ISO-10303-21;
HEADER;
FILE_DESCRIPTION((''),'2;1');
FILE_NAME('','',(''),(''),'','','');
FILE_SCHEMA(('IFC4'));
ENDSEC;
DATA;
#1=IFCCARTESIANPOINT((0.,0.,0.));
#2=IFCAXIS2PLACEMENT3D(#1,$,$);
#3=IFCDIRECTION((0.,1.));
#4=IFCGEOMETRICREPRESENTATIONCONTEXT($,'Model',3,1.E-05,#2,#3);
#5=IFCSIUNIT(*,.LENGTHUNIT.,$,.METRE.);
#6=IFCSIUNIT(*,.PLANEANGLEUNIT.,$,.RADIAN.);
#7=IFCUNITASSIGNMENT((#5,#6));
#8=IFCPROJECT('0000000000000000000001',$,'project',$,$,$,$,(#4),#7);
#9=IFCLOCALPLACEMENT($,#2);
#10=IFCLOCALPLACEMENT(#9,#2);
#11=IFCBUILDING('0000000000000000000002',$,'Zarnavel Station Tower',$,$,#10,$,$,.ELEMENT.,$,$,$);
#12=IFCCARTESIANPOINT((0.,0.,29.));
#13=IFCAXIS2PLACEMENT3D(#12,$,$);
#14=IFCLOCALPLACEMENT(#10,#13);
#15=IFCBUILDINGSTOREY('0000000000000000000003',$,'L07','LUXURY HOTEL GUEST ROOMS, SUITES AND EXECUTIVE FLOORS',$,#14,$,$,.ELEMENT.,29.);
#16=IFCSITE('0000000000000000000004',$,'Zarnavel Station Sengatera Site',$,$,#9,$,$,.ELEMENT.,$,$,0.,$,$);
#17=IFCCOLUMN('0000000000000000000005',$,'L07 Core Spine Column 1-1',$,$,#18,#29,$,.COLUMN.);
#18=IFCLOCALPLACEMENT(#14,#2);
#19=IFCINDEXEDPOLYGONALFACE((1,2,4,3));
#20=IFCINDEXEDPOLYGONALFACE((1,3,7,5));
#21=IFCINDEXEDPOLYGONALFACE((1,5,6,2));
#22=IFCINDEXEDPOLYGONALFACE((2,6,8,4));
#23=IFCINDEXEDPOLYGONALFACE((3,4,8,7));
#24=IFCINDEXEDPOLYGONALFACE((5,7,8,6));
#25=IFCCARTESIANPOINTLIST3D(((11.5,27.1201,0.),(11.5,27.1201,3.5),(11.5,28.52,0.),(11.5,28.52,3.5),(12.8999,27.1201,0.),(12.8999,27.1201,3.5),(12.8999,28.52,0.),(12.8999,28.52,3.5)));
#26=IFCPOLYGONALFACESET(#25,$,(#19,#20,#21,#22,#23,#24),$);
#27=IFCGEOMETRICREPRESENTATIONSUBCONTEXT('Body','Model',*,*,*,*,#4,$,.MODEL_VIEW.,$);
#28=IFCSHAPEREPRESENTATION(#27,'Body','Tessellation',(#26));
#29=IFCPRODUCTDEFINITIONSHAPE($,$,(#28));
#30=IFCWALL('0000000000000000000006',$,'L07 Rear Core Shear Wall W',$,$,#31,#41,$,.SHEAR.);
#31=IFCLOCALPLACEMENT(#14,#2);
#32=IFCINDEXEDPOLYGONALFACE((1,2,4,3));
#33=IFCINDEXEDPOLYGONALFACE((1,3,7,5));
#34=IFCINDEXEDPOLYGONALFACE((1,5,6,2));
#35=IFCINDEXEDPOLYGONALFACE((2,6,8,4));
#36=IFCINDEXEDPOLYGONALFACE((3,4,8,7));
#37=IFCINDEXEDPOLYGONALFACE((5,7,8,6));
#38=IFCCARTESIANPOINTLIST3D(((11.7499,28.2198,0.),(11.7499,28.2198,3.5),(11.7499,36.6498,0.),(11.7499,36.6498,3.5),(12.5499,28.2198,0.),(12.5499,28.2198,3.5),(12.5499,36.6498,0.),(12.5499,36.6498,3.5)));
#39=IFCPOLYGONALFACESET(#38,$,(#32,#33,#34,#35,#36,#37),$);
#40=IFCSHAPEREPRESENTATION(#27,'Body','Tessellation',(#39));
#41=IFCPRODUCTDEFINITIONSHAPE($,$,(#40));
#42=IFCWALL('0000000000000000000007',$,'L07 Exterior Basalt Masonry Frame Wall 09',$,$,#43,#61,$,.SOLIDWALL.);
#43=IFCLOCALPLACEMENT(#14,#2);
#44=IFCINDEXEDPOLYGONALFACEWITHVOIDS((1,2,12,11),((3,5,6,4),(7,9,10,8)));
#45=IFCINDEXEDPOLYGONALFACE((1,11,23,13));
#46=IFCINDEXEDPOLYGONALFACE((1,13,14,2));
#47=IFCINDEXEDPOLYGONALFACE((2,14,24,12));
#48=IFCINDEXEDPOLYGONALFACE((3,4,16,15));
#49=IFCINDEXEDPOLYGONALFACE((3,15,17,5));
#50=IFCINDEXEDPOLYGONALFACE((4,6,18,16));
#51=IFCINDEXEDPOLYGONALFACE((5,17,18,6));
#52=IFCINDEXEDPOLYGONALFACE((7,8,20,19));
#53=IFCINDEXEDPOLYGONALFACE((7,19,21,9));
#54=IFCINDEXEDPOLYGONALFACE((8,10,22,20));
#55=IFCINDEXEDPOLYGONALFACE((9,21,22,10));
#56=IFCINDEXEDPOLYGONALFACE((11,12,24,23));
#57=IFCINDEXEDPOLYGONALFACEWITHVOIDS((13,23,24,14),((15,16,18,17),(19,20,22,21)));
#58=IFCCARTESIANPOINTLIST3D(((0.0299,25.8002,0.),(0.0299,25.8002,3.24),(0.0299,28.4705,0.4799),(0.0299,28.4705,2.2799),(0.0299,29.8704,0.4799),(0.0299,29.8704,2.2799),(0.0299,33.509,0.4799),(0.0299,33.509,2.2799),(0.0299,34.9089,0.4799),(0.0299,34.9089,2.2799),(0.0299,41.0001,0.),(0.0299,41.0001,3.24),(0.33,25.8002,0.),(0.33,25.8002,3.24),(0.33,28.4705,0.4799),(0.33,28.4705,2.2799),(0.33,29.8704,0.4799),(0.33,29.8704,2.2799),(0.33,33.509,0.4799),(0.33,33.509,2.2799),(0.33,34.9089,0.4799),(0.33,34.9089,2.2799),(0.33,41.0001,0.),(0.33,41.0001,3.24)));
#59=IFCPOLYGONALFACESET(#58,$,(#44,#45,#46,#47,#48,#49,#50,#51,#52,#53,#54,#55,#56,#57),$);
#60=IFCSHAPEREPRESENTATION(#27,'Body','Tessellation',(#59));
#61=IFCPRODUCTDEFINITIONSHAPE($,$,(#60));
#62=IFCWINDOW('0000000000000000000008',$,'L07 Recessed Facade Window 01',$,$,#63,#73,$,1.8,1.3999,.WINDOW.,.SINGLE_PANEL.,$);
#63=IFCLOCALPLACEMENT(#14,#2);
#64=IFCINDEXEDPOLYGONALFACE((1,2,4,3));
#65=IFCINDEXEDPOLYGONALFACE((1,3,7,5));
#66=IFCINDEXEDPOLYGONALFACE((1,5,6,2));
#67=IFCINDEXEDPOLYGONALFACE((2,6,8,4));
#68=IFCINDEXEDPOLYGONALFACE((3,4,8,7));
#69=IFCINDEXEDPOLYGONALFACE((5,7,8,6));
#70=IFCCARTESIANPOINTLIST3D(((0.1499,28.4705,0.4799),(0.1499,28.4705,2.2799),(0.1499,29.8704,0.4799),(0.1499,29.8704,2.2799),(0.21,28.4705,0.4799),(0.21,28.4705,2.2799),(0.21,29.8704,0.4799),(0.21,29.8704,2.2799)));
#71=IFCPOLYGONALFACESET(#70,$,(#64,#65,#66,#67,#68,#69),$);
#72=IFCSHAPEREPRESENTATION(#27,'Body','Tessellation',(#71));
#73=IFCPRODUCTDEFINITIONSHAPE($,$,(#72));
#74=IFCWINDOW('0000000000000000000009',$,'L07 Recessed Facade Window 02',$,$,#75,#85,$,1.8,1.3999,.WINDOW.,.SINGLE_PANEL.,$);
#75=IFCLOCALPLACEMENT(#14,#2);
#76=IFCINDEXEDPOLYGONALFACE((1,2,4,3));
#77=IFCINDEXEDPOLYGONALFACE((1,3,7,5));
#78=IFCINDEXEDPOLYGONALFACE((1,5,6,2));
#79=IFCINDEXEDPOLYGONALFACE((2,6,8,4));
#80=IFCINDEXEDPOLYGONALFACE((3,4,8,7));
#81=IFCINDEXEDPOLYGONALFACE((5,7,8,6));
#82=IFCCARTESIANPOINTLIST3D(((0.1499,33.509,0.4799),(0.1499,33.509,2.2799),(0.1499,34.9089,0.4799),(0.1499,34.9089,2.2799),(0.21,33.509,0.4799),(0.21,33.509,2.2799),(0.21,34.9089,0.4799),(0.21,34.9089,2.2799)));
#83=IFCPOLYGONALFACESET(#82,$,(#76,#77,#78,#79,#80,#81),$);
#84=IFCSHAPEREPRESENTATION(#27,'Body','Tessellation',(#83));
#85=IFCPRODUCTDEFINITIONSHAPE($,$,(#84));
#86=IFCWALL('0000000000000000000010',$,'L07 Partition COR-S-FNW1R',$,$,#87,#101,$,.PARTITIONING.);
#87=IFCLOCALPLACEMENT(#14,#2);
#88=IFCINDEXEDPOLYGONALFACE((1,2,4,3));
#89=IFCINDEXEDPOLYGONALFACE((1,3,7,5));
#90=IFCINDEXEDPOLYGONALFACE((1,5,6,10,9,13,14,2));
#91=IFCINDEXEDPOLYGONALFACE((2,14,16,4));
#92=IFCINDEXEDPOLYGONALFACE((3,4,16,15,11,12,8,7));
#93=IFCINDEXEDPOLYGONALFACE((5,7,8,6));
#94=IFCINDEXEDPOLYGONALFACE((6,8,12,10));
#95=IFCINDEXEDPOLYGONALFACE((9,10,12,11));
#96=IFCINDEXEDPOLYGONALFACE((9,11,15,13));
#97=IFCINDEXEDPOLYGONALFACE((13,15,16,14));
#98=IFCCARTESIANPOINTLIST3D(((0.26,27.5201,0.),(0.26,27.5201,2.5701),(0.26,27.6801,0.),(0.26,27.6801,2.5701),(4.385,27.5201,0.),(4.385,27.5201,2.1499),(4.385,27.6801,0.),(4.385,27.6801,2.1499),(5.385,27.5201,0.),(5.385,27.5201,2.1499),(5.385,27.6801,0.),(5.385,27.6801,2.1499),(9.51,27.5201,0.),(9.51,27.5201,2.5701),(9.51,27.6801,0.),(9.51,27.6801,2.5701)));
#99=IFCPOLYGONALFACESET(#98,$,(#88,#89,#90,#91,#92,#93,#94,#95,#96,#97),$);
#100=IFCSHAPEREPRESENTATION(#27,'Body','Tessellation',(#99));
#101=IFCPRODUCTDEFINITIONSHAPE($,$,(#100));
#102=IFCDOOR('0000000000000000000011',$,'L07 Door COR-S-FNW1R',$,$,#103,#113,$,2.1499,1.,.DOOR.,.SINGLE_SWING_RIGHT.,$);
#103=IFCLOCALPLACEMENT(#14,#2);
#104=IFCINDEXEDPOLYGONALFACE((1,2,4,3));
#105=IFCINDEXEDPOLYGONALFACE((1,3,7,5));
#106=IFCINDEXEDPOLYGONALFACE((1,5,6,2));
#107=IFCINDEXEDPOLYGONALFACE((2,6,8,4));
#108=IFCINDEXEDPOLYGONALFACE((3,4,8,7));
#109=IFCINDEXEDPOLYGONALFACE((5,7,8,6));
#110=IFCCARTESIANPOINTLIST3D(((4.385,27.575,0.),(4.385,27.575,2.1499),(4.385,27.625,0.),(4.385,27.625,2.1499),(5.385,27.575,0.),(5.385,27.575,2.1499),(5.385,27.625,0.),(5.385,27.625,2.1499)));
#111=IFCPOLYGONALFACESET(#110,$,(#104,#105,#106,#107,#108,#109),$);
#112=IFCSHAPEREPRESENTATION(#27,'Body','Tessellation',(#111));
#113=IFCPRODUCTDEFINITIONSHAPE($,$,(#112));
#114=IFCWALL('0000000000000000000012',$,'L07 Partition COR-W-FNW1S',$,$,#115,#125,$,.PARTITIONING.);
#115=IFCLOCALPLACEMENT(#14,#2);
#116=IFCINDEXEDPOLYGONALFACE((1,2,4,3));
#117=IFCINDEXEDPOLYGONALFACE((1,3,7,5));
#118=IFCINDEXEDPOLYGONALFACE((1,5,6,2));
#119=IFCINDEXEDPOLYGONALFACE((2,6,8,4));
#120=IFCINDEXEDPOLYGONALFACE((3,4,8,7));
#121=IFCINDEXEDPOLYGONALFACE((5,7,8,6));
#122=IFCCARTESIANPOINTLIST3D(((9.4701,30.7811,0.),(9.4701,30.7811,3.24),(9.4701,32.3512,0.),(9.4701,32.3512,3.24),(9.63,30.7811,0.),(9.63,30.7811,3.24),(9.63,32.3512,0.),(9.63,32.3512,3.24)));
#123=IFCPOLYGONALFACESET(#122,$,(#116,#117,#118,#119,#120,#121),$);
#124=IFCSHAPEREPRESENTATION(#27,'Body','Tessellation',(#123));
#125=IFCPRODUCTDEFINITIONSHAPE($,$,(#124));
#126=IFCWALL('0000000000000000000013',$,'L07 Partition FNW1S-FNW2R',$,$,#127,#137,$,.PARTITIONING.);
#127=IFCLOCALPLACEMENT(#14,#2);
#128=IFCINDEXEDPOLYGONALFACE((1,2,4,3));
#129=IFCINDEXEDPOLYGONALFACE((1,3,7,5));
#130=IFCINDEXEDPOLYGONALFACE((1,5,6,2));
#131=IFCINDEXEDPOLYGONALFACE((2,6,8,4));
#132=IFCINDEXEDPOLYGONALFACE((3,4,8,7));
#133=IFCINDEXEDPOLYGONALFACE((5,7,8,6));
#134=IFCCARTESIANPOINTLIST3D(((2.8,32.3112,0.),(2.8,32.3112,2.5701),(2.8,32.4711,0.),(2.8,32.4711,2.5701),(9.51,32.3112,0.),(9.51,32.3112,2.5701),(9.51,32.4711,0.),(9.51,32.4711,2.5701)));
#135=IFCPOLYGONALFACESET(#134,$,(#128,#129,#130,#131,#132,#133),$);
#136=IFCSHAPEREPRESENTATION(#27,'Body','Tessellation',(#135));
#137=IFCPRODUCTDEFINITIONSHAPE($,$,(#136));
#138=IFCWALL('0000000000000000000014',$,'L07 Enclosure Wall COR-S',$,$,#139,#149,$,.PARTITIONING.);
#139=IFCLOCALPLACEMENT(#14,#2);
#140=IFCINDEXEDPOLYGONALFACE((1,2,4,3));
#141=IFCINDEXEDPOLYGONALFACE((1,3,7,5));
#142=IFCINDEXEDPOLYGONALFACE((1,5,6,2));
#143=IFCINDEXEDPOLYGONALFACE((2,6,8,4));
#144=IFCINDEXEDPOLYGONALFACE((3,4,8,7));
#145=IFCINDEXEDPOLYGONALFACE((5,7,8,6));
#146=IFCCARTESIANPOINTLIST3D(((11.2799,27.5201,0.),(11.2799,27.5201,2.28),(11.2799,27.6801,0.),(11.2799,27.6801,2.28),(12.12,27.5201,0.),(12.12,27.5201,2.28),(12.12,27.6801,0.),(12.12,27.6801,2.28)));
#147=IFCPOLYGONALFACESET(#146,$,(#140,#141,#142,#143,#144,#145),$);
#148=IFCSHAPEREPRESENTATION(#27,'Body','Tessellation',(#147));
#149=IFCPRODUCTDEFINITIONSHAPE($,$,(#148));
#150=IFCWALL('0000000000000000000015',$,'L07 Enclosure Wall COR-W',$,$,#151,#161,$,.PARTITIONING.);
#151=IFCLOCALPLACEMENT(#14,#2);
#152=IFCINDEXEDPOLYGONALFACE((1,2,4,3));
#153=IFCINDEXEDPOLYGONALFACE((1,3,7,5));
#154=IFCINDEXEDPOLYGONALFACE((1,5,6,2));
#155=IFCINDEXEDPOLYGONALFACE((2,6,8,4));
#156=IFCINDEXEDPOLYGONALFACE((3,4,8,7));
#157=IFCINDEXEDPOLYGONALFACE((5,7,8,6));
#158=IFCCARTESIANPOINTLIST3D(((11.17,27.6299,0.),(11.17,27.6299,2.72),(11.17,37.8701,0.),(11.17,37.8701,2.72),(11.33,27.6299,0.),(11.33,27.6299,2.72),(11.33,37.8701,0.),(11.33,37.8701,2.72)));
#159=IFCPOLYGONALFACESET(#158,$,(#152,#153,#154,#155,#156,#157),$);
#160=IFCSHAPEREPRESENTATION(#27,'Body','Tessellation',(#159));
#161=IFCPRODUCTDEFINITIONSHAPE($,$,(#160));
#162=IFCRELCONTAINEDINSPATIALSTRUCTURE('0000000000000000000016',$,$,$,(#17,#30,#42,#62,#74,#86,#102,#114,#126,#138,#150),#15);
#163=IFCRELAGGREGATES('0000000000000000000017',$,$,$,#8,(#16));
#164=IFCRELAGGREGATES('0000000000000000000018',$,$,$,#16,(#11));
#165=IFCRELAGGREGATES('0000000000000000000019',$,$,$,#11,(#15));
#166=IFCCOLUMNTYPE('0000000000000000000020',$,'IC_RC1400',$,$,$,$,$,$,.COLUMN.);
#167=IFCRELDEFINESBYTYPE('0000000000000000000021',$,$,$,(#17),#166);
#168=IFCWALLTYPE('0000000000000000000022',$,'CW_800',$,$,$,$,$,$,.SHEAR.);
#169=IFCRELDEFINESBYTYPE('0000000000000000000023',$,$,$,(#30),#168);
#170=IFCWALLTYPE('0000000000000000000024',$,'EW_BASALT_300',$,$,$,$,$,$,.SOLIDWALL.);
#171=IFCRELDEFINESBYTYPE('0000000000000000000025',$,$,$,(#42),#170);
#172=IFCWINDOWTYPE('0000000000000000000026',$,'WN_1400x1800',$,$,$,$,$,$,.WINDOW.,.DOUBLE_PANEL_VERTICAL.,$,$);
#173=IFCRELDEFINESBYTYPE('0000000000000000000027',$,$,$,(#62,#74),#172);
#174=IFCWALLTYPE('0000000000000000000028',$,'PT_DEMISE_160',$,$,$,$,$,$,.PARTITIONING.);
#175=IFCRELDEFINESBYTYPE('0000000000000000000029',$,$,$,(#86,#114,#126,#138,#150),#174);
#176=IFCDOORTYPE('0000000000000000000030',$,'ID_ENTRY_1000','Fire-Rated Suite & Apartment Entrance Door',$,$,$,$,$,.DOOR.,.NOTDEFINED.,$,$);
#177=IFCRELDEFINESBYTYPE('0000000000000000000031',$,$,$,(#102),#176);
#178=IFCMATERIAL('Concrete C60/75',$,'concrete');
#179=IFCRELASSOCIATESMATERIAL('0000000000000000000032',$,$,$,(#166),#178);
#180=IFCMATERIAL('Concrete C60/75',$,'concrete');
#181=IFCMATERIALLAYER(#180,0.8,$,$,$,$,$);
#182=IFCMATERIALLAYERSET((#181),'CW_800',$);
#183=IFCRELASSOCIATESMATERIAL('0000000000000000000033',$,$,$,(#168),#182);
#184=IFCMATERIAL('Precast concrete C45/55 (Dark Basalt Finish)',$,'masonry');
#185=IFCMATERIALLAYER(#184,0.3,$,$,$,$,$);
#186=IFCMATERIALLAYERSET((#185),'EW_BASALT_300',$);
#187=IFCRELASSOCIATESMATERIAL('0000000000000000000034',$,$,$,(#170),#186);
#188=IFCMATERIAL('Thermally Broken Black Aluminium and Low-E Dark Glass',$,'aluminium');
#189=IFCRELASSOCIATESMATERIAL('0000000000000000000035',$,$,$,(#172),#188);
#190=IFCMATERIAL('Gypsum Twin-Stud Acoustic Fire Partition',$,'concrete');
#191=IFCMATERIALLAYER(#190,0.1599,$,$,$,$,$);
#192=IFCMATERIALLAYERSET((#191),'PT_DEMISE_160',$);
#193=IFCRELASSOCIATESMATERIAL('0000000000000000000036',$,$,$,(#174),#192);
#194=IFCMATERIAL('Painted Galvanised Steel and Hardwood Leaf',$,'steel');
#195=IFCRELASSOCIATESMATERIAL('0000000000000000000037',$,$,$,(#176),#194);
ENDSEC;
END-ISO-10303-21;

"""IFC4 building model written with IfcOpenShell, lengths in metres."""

from ifc_helpers import new_model, si_unit, direction, frame, frame_2d, origin, origin_2d, place, context, subcontext, project, spatial, rectangle, extrude, material, layer, layer_set, material_profile, profile_set, type_object, element, fill, save


model = new_model("IFC4")

# Units and contexts
model_context = context("Model", 3, precision=1e-05, world=origin(), true_north=direction((0.0, 1.0)))
body_context = subcontext(model_context, "Body", "Model", "MODEL_VIEW")
ifc_project = project(units=[si_unit("LENGTHUNIT", "METRE"), si_unit("PLANEANGLEUNIT", "RADIAN")], contexts=[model_context])

# Site, building, storey
site_placement = place(None, origin())
site = spatial("IfcSite", under=ifc_project, at=site_placement, Name="Zarnavel Station Sengatera Site", CompositionType="ELEMENT", RefElevation=0.0)
building_placement = place(site_placement, origin())
building = spatial("IfcBuilding", under=site, at=building_placement, Name="Zarnavel Station Tower", CompositionType="ELEMENT")
storey_placement = place(building_placement, frame((0.0, 0.0, 29.0)))
storey = spatial("IfcBuildingStorey", under=building, at=storey_placement, Name="L07", Description="LUXURY HOTEL GUEST ROOMS, SUITES AND EXECUTIVE FLOORS", CompositionType="ELEMENT", Elevation=29.0)

# Column
ifc_material_1 = material(Name="Concrete C60/75", Category="concrete")
ifc_material_profile = material_profile(ifc_material_1, rectangle(XDim=1.3999, YDim=1.3999, at=origin_2d()), Name="RC1400x1400")
ifc_profile_set = profile_set([ifc_material_profile], Name="Concrete C60/75")
column_type = type_object("IfcColumnType", Name="IC_RC1400", PredefinedType="COLUMN", material=ifc_profile_set)
column_placement = place(storey_placement, frame((12.2, 27.8201, 0.0), z_axis=(0.0, 0.0, 1.0), x_axis=(1.0, 0.0, 0.0)))
element("IfcColumn", 1, at=column_placement, inside=storey, type_object=column_type, Name="L07 Core Spine Column 1-1", PredefinedType="COLUMN", context=body_context, shape_type="SweptSolid", body=[
    extrude(rectangle(XDim=1.3999, YDim=1.3999, at=origin_2d()), origin(), (0.0, 0.0, 1.0), 3.5),
])

# Wall
ifc_material_2 = material(Name="Concrete C60/75", Category="concrete")
ifc_layer_1 = layer(ifc_material_2, 0.8)
ifc_layer_set_1 = layer_set([ifc_layer_1], Name="CW_800")
wall_type_1 = type_object("IfcWallType", Name="CW_800", PredefinedType="SHEAR", material=ifc_layer_set_1)
wall_1_placement = place(storey_placement, frame((12.1499, 28.22, 0.0), z_axis=(0.0, 0.0, 1.0), x_axis=(0.0, 1.0, 0.0)))
element("IfcWall", 2, at=wall_1_placement, inside=storey, type_object=wall_type_1, Name="L07 Rear Core Shear Wall W", PredefinedType="SHEAR", context=body_context, shape_type="SweptSolid", body=[
    extrude(rectangle(XDim=8.4299, YDim=0.8, at=frame_2d((4.2148, 0.0))), origin(), (0.0, 0.0, 1.0), 3.5),
])

# Wall, openings, windows
ifc_material_3 = material(Name="Precast concrete C45/55 (Dark Basalt Finish)", Category="masonry")
ifc_layer_2 = layer(ifc_material_3, 0.3)
ifc_layer_set_2 = layer_set([ifc_layer_2], Name="EW_BASALT_300")
wall_type_2 = type_object("IfcWallType", Name="EW_BASALT_300", PredefinedType="SOLIDWALL", material=ifc_layer_set_2)
wall_2_placement = place(storey_placement, frame((0.1799, 25.8, 0.0), z_axis=(0.0, 0.0, 1.0), x_axis=(0.0, 1.0, 0.0)))
wall_2 = element("IfcWall", 3, at=wall_2_placement, inside=storey, type_object=wall_type_2, Name="L07 Exterior Basalt Masonry Frame Wall 09", PredefinedType="SOLIDWALL", context=body_context, shape_type="SweptSolid", body=[
    extrude(rectangle(XDim=15.2, YDim=0.3, at=frame_2d((7.6001, 0.0))), origin(), (0.0, 0.0, 1.0), 3.24),
])
opening_1_placement = place(wall_2_placement, frame((2.6704, 0.0, 0.48)))
opening_1 = element("IfcOpeningElement", 4, at=opening_1_placement, cuts=wall_2, PredefinedType="OPENING", context=body_context, shape_type="SweptSolid", body=[
    extrude(rectangle(XDim=1.3999, YDim=1.8, at=frame_2d((0.7, 0.8999))), frame((0.0, 0.1599, 0.0), z_axis=(0.0, -1.0, 0.0), x_axis=(1.0, 0.0, 0.0)), (0.0, 0.0, 1.0), 0.3201),
])
opening_2_placement = place(wall_2_placement, frame((7.709, 0.0, 0.48)))
opening_2 = element("IfcOpeningElement", 5, at=opening_2_placement, cuts=wall_2, PredefinedType="OPENING", context=body_context, shape_type="SweptSolid", body=[
    extrude(rectangle(XDim=1.3999, YDim=1.8, at=frame_2d((0.7, 0.8999))), frame((0.0, 0.1599, 0.0), z_axis=(0.0, -1.0, 0.0), x_axis=(1.0, 0.0, 0.0)), (0.0, 0.0, 1.0), 0.3201),
])
ifc_material_4 = material(Name="Thermally Broken Black Aluminium and Low-E Dark Glass", Category="aluminium")
window_type = type_object("IfcWindowType", Name="WN_1400x1800", PartitioningType="DOUBLE_PANEL_VERTICAL", PredefinedType="WINDOW", material=ifc_material_4)
window_1_placement = place(opening_1_placement, origin())
window_1 = element("IfcWindow", 6, at=window_1_placement, inside=storey, type_object=window_type, Name="L07 Recessed Facade Window 01", OverallHeight=1.8, OverallWidth=1.3999, PartitioningType="SINGLE_PANEL", PredefinedType="WINDOW", context=body_context, shape_type="SweptSolid", body=[
    extrude(rectangle(XDim=1.3999, YDim=1.8, at=frame_2d((0.7, 0.8999))), frame((0.0, 0.03, 0.0), z_axis=(0.0, -1.0, 0.0), x_axis=(1.0, 0.0, 0.0)), (0.0, 0.0, 1.0), 0.0601),
])
fill(opening_1, window_1)
window_2_placement = place(opening_2_placement, origin())
window_2 = element("IfcWindow", 7, at=window_2_placement, inside=storey, type_object=window_type, Name="L07 Recessed Facade Window 02", OverallHeight=1.8, OverallWidth=1.3999, PartitioningType="SINGLE_PANEL", PredefinedType="WINDOW", context=body_context, shape_type="SweptSolid", body=[
    extrude(rectangle(XDim=1.3999, YDim=1.8, at=frame_2d((0.7, 0.8999))), frame((0.0, 0.03, 0.0), z_axis=(0.0, -1.0, 0.0), x_axis=(1.0, 0.0, 0.0)), (0.0, 0.0, 1.0), 0.0601),
])
fill(opening_2, window_2)

# Wall, opening, door
ifc_material_5 = material(Name="Gypsum Twin-Stud Acoustic Fire Partition", Category="concrete")
ifc_layer_3 = layer(ifc_material_5, 0.1599)
ifc_layer_set_3 = layer_set([ifc_layer_3], Name="PT_DEMISE_160")
wall_type_3 = type_object("IfcWallType", Name="PT_DEMISE_160", PredefinedType="PARTITIONING", material=ifc_layer_set_3)
wall_3_placement = place(storey_placement, frame((0.26, 27.6001, 0.0), z_axis=(0.0, 0.0, 1.0), x_axis=(1.0, 0.0, 0.0)))
wall_3 = element("IfcWall", 8, at=wall_3_placement, inside=storey, type_object=wall_type_3, Name="L07 Partition COR-S-FNW1R", PredefinedType="PARTITIONING", context=body_context, shape_type="SweptSolid", body=[
    extrude(rectangle(XDim=9.25, YDim=0.1599, at=frame_2d((4.625, 0.0))), origin(), (0.0, 0.0, 1.0), 2.5701),
])
opening_3_placement = place(wall_3_placement, frame((4.125, 0.0, 0.0)))
opening_3 = element("IfcOpeningElement", 9, at=opening_3_placement, cuts=wall_3, PredefinedType="OPENING", context=body_context, shape_type="SweptSolid", body=[
    extrude(rectangle(XDim=1.0, YDim=2.1499, at=frame_2d((0.5, 1.075))), frame((0.0, 0.0898, 0.0), z_axis=(0.0, -1.0, 0.0), x_axis=(1.0, 0.0, 0.0)), (0.0, 0.0, 1.0), 0.1799),
])
ifc_material_6 = material(Name="Painted Galvanised Steel and Hardwood Leaf", Category="steel")
door_type_1 = type_object("IfcDoorType", Name="ID_ENTRY_1000", Description="Fire-Rated Suite & Apartment Entrance Door", OperationType="NOTDEFINED", PredefinedType="DOOR", material=ifc_material_6)
door_1_placement = place(opening_3_placement, origin())
door_1 = element("IfcDoor", 10, at=door_1_placement, inside=storey, type_object=door_type_1, Name="L07 Door COR-S-FNW1R", OperationType="SINGLE_SWING_RIGHT", OverallHeight=2.1499, OverallWidth=1.0, PredefinedType="DOOR", context=body_context, shape_type="SweptSolid", body=[
    extrude(rectangle(XDim=1.0, YDim=2.1499, at=frame_2d((0.5, 1.075))), frame((0.0, 0.0249, 0.0), z_axis=(0.0, -1.0, 0.0), x_axis=(1.0, 0.0, 0.0)), (0.0, 0.0, 1.0), 0.05),
])
fill(opening_3, door_1)

# Wall
wall_4_placement = place(storey_placement, frame((9.55, 30.781, 0.0), z_axis=(0.0, 0.0, 1.0), x_axis=(0.0, 1.0, 0.0)))
element("IfcWall", 11, at=wall_4_placement, inside=storey, type_object=wall_type_3, Name="L07 Partition COR-W-FNW1S", PredefinedType="PARTITIONING", context=body_context, shape_type="SweptSolid", body=[
    extrude(rectangle(XDim=1.5701, YDim=0.1599, at=frame_2d((0.7852, 0.0))), origin(), (0.0, 0.0, 1.0), 3.24),
])

# Walls
wall_5_placement = place(storey_placement, frame((2.8, 32.3911, 0.0), z_axis=(0.0, 0.0, 1.0), x_axis=(1.0, 0.0, 0.0)))
element("IfcWall", 12, at=wall_5_placement, inside=storey, type_object=wall_type_3, Name="L07 Partition FNW1S-FNW2R", PredefinedType="PARTITIONING", context=body_context, shape_type="SweptSolid", body=[
    extrude(rectangle(XDim=6.71, YDim=0.1599, at=frame_2d((3.355, 0.0))), origin(), (0.0, 0.0, 1.0), 2.5701),
])
wall_6_placement = place(storey_placement, frame((11.28, 27.6001, 0.0), z_axis=(0.0, 0.0, 1.0), x_axis=(1.0, 0.0, 0.0)))
element("IfcWall", 13, at=wall_6_placement, inside=storey, type_object=wall_type_3, Name="L07 Enclosure Wall COR-S", PredefinedType="PARTITIONING", context=body_context, shape_type="SweptSolid", body=[
    extrude(rectangle(XDim=0.8401, YDim=0.1599, at=frame_2d((0.4199, 0.0))), origin(), (0.0, 0.0, 1.0), 2.28),
])
wall_7_placement = place(storey_placement, frame((11.25, 27.6299, 0.0), z_axis=(0.0, 0.0, 1.0), x_axis=(0.0, 1.0, 0.0)))
element("IfcWall", 14, at=wall_7_placement, inside=storey, type_object=wall_type_3, Name="L07 Enclosure Wall COR-W", PredefinedType="PARTITIONING", context=body_context, shape_type="SweptSolid", body=[
    extrude(rectangle(XDim=10.2402, YDim=0.1599, at=frame_2d((5.1201, 0.0))), origin(), (0.0, 0.0, 1.0), 2.72),
])

save(model, "model.ifc")
